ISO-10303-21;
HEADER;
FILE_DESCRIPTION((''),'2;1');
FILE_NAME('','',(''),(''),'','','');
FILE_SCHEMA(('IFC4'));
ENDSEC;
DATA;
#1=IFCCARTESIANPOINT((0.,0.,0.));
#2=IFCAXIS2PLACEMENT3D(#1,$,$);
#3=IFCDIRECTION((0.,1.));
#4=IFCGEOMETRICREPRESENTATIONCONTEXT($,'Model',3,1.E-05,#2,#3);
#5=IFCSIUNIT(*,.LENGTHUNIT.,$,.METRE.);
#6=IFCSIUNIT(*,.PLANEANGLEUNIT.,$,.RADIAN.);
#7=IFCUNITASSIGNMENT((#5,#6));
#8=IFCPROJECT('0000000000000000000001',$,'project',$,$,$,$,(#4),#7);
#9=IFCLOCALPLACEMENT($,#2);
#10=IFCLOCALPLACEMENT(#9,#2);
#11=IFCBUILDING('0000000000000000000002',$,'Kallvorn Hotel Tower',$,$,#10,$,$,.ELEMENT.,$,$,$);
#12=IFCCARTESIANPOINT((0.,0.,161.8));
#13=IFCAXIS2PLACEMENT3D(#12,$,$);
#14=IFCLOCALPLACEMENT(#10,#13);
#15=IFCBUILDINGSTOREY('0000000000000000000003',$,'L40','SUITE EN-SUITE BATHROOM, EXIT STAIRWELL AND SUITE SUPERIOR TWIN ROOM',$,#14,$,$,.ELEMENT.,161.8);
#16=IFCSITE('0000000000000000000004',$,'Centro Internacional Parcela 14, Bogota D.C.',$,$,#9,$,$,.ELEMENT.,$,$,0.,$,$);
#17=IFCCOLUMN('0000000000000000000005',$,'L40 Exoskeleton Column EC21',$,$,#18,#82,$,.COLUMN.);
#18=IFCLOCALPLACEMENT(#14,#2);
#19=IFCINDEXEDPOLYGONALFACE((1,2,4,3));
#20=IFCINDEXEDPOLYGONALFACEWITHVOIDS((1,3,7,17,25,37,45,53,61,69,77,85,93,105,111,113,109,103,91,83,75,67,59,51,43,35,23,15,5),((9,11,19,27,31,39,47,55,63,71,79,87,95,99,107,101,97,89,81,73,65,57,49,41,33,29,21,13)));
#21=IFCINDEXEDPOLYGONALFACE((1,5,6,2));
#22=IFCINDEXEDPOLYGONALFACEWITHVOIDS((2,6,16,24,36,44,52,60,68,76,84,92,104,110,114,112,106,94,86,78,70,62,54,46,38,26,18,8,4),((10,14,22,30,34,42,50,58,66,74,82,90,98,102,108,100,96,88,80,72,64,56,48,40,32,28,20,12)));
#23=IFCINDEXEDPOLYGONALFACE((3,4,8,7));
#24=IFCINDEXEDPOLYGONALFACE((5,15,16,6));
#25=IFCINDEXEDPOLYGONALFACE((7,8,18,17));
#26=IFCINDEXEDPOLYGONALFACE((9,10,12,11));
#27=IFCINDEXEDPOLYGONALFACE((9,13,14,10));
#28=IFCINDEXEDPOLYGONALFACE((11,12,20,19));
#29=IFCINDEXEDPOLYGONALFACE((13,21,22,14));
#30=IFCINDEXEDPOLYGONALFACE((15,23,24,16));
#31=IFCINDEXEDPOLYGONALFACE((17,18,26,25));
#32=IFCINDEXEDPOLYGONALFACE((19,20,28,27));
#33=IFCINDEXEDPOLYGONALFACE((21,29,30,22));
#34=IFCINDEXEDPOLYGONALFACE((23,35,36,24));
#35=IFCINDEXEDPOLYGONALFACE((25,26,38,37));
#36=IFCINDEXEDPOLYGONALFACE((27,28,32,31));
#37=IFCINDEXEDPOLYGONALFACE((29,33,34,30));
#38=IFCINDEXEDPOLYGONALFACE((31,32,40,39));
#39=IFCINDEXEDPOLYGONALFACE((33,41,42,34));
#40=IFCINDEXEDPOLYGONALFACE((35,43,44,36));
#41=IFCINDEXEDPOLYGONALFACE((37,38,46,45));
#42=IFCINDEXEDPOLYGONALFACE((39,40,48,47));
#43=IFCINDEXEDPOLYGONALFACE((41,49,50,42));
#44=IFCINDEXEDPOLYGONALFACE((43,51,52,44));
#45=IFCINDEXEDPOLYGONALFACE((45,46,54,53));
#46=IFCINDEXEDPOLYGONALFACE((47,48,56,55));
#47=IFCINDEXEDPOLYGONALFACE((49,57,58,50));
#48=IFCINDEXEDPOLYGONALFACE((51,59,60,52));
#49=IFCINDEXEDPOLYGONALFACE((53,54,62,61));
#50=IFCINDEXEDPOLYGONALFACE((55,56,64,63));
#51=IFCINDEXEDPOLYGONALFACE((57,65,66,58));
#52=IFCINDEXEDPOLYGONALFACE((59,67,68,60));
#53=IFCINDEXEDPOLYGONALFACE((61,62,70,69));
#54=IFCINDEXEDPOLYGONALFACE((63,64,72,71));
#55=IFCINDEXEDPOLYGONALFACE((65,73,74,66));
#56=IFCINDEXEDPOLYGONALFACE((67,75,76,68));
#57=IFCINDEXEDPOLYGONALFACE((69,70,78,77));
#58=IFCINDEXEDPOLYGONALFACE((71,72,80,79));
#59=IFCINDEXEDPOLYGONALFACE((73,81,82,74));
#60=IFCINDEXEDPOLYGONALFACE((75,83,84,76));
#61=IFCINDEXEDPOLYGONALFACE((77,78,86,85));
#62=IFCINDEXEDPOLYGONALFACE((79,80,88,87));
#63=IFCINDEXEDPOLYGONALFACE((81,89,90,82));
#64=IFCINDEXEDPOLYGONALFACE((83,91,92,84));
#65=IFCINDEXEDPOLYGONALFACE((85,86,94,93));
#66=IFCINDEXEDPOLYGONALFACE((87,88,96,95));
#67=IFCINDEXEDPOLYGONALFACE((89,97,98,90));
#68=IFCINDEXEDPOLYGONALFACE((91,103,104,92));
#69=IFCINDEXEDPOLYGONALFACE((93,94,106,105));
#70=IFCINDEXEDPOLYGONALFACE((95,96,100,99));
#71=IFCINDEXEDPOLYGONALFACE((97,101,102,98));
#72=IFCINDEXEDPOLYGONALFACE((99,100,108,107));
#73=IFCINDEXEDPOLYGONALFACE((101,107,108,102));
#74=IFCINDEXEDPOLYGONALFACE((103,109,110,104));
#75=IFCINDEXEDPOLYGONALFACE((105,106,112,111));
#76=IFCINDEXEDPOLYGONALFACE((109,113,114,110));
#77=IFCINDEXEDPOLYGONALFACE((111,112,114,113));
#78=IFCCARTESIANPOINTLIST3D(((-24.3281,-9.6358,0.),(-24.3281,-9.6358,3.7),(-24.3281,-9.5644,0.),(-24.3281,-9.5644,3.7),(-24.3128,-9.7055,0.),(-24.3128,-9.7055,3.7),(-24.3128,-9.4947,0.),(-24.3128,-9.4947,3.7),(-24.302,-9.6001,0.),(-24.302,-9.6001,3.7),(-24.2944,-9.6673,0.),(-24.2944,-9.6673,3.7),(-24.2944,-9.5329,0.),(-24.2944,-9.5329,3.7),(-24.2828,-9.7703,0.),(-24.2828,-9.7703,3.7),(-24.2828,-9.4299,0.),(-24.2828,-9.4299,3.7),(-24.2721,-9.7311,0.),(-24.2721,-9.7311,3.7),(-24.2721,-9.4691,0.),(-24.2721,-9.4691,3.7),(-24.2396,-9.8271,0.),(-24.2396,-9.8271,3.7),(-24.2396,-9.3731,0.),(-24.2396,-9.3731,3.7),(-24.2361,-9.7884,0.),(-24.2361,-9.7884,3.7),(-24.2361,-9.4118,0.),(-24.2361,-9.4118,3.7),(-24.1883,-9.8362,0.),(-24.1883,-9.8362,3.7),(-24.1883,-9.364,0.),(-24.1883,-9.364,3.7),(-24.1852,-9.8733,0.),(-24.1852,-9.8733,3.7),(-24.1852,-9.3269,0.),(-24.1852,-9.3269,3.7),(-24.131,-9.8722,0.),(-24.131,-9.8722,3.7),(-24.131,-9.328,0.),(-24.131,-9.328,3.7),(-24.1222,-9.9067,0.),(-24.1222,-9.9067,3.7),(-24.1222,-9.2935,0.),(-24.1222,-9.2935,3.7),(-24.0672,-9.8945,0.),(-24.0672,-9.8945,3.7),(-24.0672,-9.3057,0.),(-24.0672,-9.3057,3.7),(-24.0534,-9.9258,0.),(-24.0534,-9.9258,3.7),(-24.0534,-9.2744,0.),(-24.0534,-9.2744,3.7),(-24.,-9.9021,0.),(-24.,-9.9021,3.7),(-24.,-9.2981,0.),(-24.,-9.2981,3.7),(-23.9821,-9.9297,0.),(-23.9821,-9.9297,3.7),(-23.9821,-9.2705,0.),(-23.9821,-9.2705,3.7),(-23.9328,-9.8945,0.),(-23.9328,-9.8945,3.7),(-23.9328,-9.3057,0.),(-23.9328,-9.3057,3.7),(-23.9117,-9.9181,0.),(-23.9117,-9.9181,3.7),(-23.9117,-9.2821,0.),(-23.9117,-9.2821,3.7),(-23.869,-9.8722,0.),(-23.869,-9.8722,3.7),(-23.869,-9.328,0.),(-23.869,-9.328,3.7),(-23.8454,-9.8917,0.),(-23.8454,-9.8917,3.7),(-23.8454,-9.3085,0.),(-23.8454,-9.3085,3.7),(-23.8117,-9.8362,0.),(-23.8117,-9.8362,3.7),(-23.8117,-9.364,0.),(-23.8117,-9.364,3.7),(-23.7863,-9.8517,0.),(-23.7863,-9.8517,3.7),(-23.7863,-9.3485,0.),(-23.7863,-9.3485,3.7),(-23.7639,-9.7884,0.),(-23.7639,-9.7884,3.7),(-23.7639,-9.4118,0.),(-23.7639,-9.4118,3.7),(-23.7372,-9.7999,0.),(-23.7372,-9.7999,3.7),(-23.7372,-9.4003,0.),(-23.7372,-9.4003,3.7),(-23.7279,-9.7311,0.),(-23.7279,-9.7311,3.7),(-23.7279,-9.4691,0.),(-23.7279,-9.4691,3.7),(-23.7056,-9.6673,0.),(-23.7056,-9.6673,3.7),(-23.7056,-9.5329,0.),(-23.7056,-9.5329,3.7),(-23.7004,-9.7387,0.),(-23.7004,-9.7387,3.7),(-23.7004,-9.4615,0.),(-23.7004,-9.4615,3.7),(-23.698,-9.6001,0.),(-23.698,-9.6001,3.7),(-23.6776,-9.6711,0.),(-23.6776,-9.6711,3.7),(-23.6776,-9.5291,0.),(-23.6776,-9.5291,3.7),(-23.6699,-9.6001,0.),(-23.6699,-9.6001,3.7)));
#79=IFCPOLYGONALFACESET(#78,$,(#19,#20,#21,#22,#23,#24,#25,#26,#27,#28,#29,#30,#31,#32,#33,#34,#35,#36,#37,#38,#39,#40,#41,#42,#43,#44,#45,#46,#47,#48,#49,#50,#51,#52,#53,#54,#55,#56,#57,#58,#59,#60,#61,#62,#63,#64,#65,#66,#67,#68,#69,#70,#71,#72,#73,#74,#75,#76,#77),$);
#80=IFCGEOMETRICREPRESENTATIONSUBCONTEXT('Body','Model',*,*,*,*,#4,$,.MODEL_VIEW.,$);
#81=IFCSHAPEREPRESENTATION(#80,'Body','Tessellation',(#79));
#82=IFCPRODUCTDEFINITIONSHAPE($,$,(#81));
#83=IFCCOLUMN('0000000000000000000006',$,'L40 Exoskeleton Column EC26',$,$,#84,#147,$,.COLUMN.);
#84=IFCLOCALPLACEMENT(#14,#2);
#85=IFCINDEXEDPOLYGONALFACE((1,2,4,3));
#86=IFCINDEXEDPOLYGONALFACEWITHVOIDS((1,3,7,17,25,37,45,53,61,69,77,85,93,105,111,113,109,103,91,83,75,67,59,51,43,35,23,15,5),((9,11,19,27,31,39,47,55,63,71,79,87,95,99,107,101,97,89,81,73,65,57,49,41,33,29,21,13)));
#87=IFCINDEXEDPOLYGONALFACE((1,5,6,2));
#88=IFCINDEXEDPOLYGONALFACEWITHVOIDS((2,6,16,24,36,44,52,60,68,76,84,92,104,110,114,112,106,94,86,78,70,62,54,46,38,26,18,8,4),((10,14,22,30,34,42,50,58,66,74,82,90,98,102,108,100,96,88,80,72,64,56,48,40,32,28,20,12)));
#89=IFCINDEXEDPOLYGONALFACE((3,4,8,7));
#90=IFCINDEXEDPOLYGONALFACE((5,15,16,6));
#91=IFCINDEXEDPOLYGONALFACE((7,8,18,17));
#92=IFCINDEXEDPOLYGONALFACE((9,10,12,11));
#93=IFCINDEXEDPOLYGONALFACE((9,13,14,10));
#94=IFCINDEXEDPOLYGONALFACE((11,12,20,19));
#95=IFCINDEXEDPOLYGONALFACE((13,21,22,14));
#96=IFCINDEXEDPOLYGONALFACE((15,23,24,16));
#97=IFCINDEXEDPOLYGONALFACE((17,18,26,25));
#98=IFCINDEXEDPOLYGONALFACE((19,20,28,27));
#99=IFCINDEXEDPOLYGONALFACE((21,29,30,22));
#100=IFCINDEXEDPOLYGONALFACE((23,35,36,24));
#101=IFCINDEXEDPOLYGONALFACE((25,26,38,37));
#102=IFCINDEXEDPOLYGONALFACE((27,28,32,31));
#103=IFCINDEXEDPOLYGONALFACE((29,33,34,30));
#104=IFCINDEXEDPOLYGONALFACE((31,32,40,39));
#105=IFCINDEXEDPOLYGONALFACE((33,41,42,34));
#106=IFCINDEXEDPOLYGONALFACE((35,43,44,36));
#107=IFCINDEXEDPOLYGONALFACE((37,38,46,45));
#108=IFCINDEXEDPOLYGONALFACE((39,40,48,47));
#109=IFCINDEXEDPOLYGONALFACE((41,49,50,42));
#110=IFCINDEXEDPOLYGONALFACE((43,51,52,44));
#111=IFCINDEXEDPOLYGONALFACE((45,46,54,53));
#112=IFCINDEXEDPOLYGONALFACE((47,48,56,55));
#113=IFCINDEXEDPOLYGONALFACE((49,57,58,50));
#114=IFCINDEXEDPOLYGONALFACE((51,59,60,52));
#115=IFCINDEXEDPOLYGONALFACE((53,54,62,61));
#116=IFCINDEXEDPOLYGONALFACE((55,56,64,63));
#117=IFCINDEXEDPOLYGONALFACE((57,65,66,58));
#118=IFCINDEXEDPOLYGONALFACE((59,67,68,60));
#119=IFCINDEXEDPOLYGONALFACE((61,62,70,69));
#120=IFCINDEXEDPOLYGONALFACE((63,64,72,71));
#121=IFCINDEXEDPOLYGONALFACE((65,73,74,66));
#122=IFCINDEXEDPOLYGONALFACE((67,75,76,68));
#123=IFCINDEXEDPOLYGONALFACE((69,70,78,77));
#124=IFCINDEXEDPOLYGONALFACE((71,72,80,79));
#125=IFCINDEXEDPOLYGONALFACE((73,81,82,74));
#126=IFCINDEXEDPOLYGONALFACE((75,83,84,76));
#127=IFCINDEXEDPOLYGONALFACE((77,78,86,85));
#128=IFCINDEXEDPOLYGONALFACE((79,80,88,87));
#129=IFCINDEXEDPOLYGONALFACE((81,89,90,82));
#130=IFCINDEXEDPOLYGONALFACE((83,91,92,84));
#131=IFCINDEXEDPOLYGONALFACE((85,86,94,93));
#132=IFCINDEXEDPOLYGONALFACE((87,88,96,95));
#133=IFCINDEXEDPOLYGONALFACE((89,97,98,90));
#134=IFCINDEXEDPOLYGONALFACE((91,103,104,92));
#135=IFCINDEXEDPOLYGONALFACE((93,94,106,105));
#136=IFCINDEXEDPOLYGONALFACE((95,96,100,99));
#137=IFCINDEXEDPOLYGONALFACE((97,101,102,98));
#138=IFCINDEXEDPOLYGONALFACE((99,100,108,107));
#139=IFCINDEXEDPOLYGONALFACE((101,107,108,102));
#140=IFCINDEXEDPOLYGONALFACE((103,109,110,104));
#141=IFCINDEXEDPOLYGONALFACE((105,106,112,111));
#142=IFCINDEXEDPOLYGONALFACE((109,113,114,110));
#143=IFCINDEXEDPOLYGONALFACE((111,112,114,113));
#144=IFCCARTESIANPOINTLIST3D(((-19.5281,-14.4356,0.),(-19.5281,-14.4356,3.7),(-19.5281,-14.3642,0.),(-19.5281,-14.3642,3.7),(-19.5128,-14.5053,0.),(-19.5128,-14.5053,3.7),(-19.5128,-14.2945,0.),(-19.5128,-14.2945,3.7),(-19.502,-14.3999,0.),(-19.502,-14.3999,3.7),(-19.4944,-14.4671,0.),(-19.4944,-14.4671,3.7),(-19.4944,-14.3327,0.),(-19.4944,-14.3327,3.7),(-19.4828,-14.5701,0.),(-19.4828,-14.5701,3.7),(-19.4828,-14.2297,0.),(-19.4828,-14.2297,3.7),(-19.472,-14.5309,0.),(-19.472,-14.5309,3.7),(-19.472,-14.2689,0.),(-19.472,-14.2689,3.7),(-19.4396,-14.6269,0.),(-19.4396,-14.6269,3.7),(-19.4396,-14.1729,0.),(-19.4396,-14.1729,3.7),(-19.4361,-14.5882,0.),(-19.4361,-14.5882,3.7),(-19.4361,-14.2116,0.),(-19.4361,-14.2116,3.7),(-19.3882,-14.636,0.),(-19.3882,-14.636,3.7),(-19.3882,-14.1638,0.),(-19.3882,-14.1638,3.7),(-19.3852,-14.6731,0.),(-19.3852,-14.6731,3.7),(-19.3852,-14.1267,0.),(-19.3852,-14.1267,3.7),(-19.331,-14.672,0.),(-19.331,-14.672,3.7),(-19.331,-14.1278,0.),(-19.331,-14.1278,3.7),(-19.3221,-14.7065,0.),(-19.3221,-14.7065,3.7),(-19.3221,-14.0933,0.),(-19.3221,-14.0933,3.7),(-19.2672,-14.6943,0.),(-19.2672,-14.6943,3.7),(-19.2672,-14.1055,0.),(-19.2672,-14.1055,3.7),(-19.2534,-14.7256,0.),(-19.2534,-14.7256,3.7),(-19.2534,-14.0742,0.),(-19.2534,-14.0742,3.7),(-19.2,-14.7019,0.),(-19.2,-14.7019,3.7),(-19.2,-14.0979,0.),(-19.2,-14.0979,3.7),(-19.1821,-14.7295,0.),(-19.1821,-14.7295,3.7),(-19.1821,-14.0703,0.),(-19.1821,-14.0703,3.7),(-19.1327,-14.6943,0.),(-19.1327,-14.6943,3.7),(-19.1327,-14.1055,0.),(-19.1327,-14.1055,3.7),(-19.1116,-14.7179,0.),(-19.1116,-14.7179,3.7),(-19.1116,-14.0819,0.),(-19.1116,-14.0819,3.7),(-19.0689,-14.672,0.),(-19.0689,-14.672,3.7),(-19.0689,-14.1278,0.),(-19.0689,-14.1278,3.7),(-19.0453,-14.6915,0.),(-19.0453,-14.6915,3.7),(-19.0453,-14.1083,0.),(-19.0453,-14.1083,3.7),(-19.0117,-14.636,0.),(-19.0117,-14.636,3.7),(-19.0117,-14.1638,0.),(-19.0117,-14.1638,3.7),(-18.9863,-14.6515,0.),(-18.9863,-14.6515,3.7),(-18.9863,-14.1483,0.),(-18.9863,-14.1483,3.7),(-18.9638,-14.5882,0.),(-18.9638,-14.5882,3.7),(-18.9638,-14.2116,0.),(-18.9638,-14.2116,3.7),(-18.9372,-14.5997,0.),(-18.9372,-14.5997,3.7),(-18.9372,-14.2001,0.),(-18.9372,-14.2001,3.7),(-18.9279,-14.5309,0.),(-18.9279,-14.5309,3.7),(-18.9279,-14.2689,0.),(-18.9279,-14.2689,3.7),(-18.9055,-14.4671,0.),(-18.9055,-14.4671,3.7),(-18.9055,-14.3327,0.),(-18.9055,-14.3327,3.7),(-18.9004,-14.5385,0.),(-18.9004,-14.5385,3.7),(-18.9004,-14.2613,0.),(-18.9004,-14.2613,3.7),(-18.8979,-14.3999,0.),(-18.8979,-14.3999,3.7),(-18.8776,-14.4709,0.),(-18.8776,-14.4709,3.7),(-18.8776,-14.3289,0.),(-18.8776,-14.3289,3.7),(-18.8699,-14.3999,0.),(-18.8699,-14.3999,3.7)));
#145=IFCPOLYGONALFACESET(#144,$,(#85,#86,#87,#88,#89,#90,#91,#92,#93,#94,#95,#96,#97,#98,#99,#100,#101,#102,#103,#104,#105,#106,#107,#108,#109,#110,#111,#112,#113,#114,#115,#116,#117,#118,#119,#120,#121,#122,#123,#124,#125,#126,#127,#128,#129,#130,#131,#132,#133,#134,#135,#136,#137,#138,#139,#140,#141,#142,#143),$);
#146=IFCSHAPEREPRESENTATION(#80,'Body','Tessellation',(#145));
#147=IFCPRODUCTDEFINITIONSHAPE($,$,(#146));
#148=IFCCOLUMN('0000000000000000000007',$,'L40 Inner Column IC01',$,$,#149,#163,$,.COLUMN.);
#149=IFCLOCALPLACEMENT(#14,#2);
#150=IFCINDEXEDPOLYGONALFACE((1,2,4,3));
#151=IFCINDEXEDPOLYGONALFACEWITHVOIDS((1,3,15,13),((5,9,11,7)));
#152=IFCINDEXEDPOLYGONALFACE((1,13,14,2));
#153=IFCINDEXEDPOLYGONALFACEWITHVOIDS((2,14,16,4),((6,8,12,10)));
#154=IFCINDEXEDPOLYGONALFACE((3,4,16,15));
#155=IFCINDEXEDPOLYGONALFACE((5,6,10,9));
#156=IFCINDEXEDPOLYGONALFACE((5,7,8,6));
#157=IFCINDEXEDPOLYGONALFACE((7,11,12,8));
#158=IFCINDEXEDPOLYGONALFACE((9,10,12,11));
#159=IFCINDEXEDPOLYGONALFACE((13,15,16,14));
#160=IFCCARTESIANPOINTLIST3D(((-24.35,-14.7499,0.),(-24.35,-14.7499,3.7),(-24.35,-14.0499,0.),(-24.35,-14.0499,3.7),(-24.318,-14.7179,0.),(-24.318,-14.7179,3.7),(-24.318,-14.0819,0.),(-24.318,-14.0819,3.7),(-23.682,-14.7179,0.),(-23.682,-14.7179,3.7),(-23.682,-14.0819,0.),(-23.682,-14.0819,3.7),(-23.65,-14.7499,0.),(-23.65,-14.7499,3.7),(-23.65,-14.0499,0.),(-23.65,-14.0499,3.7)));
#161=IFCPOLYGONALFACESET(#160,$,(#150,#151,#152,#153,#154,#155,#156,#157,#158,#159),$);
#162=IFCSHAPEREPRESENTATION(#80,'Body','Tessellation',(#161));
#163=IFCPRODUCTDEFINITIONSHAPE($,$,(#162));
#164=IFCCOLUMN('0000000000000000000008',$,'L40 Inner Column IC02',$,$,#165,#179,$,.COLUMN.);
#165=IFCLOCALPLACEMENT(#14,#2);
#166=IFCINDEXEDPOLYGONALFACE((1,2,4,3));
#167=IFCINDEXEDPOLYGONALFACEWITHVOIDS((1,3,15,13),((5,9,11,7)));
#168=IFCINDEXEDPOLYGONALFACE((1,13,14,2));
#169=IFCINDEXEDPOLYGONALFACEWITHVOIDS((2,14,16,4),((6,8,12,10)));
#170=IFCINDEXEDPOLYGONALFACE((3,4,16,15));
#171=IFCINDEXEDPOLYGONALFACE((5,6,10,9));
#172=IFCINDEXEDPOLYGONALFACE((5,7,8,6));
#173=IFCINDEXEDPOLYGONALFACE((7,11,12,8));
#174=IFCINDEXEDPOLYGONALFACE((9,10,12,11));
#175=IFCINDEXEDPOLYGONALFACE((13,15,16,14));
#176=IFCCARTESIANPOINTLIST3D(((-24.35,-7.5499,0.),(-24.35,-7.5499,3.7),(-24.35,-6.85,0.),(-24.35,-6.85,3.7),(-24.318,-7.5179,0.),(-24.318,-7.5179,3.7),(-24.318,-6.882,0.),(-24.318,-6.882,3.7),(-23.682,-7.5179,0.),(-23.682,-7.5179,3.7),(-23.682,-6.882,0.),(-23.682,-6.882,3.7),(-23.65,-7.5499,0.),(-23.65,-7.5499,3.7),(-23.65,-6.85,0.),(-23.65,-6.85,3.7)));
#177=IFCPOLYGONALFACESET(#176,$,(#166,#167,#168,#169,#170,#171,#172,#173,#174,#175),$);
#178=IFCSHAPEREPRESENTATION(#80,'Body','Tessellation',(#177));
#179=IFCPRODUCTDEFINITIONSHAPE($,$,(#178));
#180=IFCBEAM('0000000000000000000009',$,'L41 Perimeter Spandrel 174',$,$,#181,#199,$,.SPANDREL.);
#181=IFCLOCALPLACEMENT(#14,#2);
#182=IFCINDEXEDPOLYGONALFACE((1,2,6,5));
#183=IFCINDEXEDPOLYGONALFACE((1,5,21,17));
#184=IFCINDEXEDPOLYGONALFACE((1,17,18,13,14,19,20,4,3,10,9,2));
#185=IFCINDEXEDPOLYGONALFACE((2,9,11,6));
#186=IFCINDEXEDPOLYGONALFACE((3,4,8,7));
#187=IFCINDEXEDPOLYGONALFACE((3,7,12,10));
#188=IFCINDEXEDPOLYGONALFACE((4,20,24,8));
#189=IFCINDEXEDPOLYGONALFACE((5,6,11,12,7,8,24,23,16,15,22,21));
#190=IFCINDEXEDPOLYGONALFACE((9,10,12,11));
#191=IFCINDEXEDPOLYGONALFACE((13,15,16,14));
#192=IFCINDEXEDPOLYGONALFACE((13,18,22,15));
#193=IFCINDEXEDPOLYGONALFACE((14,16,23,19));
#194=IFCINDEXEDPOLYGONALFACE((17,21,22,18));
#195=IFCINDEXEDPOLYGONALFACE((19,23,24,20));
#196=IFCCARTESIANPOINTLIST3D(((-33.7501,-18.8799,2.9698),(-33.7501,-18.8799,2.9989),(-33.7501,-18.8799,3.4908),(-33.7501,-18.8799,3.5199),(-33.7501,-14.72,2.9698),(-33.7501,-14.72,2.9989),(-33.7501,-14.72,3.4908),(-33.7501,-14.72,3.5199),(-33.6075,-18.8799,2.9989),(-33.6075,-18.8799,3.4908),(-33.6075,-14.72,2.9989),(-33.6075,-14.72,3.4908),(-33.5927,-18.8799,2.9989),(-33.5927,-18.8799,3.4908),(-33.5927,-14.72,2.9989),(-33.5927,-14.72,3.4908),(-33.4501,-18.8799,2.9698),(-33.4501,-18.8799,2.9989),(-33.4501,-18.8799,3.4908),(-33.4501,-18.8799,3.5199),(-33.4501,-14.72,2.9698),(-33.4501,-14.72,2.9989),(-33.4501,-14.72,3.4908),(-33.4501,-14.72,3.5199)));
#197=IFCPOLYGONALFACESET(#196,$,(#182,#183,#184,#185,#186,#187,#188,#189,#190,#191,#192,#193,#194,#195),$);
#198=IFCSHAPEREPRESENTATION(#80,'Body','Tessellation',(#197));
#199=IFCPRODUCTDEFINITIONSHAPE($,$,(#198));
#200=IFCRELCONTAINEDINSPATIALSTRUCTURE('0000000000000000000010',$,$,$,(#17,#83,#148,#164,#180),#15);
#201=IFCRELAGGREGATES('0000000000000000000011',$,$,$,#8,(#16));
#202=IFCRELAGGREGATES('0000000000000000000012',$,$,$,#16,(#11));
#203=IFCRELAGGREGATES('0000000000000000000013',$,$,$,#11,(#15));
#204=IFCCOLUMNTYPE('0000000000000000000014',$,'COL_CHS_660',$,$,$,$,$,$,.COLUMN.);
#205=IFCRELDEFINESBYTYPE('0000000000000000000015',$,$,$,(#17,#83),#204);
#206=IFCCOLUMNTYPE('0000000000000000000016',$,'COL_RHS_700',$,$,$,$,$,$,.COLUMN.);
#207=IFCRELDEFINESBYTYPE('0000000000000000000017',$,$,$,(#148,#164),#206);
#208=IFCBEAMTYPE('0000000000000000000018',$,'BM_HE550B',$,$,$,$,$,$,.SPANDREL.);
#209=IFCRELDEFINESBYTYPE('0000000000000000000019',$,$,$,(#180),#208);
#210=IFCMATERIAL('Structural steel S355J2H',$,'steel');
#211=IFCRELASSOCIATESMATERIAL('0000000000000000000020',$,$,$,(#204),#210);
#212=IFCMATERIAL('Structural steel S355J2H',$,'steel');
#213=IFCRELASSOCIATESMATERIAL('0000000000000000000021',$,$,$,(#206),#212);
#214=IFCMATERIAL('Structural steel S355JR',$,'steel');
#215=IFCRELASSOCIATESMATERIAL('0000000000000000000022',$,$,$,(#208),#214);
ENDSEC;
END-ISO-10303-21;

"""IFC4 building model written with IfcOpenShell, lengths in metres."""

from ifc_helpers import new_model, si_unit, direction, frame, origin, origin_2d, place, context, subcontext, project, spatial, hollow_rectangle, hollow_circle, i_section, extrude, material, material_profile, profile_set, type_object, element, save


model = new_model("IFC4")

# Units and contexts
model_context = context("Model", 3, precision=1e-05, world=origin(), true_north=direction((0.0, 1.0)))
body_context = subcontext(model_context, "Body", "Model", "MODEL_VIEW")
ifc_project = project(units=[si_unit("LENGTHUNIT", "METRE"), si_unit("PLANEANGLEUNIT", "RADIAN")], contexts=[model_context])

# Site, building, storey
site_placement = place(None, origin())
site = spatial("IfcSite", under=ifc_project, at=site_placement, Name="Centro Internacional Parcela 14, Bogota D.C.", CompositionType="ELEMENT", RefElevation=0.0)
building_placement = place(site_placement, origin())
building = spatial("IfcBuilding", under=site, at=building_placement, Name="Kallvorn Hotel Tower", CompositionType="ELEMENT")
storey_placement = place(building_placement, frame((0.0, 0.0, 161.8)))
storey = spatial("IfcBuildingStorey", under=building, at=storey_placement, Name="L40", Description="SUITE EN-SUITE BATHROOM, EXIT STAIRWELL AND SUITE SUPERIOR TWIN ROOM", CompositionType="ELEMENT", Elevation=161.8)

# Columns
ifc_material_1 = material(Name="Structural steel S355J2H", Category="steel")
ifc_material_profile_1 = material_profile(ifc_material_1, hollow_circle(Radius=0.3301, WallThickness=0.0281, at=origin_2d()), Name="CHS 660x28")
ifc_profile_set_1 = profile_set([ifc_material_profile_1], Name="Structural steel S355J2H")
column_type_1 = type_object("IfcColumnType", Name="COL_CHS_660", PredefinedType="COLUMN", material=ifc_profile_set_1)
for number, where, z_axis, x_axis, name in (
    (1, (-24.0, -9.6001, 0.0), (0.0, 0.0, 1.0), (1.0, 0.0, 0.0), "L40 Exoskeleton Column EC21"),
    (2, (-19.2, -14.3999, 0.0), (0.0, 0.0, 1.0), (1.0, 0.0, 0.0), "L40 Exoskeleton Column EC26"),
):
    element("IfcColumn", number, at=place(storey_placement, frame(where, z_axis=z_axis, x_axis=x_axis)), inside=storey, type_object=column_type_1, Name=name, PredefinedType="COLUMN", context=body_context, shape_type="SweptSolid", body=[
        extrude(hollow_circle(Radius=0.3301, WallThickness=0.0281, at=origin_2d()), origin(), (0.0, 0.0, 1.0), 3.7),
    ])
ifc_material_2 = material(Name="Structural steel S355J2H", Category="steel")
ifc_material_profile_2 = material_profile(ifc_material_2, hollow_rectangle(XDim=0.7, YDim=0.7, WallThickness=0.032, at=origin_2d()), Name="RHS 700x700x32")
ifc_profile_set_2 = profile_set([ifc_material_profile_2], Name="Structural steel S355J2H")
column_type_2 = type_object("IfcColumnType", Name="COL_RHS_700", PredefinedType="COLUMN", material=ifc_profile_set_2)
for number, where, z_axis, x_axis, name in (
    (3, (-24.0, -14.3999, 0.0), (0.0, 0.0, 1.0), (1.0, 0.0, 0.0), "L40 Inner Column IC01"),
    (4, (-24.0, -7.2, 0.0), (0.0, 0.0, 1.0), (1.0, 0.0, 0.0), "L40 Inner Column IC02"),
):
    element("IfcColumn", number, at=place(storey_placement, frame(where, z_axis=z_axis, x_axis=x_axis)), inside=storey, type_object=column_type_2, Name=name, PredefinedType="COLUMN", context=body_context, shape_type="SweptSolid", body=[
        extrude(hollow_rectangle(XDim=0.7, YDim=0.7, WallThickness=0.032, at=origin_2d()), origin(), (0.0, 0.0, 1.0), 3.7),
    ])

# Beam
ifc_material_3 = material(Name="Structural steel S355JR", Category="steel")
ifc_material_profile_3 = material_profile(ifc_material_3, i_section(OverallWidth=0.3, OverallDepth=0.55, WebThickness=0.0149, FlangeThickness=0.0291, at=origin_2d()), Name="HE 550 B")
ifc_profile_set_3 = profile_set([ifc_material_profile_3], Name="Structural steel S355JR")
beam_type_1 = type_object("IfcBeamType", Name="BM_HE550B", PredefinedType="SPANDREL", material=ifc_profile_set_3)
beam_1_placement = place(storey_placement, frame((-33.6001, -18.8799, 3.2449), z_axis=(0.0, 1.0, 0.0), x_axis=(-1.0, 0.0, 0.0)))
element("IfcBeam", 5, at=beam_1_placement, inside=storey, type_object=beam_type_1, Name="L41 Perimeter Spandrel 174", PredefinedType="SPANDREL", context=body_context, shape_type="SweptSolid", body=[
    extrude(i_section(OverallWidth=0.3, OverallDepth=0.55, WebThickness=0.0149, FlangeThickness=0.0291, at=origin_2d()), origin(), (0.0, 0.0, 1.0), 4.1599),
])

save(model, "model.ifc")
